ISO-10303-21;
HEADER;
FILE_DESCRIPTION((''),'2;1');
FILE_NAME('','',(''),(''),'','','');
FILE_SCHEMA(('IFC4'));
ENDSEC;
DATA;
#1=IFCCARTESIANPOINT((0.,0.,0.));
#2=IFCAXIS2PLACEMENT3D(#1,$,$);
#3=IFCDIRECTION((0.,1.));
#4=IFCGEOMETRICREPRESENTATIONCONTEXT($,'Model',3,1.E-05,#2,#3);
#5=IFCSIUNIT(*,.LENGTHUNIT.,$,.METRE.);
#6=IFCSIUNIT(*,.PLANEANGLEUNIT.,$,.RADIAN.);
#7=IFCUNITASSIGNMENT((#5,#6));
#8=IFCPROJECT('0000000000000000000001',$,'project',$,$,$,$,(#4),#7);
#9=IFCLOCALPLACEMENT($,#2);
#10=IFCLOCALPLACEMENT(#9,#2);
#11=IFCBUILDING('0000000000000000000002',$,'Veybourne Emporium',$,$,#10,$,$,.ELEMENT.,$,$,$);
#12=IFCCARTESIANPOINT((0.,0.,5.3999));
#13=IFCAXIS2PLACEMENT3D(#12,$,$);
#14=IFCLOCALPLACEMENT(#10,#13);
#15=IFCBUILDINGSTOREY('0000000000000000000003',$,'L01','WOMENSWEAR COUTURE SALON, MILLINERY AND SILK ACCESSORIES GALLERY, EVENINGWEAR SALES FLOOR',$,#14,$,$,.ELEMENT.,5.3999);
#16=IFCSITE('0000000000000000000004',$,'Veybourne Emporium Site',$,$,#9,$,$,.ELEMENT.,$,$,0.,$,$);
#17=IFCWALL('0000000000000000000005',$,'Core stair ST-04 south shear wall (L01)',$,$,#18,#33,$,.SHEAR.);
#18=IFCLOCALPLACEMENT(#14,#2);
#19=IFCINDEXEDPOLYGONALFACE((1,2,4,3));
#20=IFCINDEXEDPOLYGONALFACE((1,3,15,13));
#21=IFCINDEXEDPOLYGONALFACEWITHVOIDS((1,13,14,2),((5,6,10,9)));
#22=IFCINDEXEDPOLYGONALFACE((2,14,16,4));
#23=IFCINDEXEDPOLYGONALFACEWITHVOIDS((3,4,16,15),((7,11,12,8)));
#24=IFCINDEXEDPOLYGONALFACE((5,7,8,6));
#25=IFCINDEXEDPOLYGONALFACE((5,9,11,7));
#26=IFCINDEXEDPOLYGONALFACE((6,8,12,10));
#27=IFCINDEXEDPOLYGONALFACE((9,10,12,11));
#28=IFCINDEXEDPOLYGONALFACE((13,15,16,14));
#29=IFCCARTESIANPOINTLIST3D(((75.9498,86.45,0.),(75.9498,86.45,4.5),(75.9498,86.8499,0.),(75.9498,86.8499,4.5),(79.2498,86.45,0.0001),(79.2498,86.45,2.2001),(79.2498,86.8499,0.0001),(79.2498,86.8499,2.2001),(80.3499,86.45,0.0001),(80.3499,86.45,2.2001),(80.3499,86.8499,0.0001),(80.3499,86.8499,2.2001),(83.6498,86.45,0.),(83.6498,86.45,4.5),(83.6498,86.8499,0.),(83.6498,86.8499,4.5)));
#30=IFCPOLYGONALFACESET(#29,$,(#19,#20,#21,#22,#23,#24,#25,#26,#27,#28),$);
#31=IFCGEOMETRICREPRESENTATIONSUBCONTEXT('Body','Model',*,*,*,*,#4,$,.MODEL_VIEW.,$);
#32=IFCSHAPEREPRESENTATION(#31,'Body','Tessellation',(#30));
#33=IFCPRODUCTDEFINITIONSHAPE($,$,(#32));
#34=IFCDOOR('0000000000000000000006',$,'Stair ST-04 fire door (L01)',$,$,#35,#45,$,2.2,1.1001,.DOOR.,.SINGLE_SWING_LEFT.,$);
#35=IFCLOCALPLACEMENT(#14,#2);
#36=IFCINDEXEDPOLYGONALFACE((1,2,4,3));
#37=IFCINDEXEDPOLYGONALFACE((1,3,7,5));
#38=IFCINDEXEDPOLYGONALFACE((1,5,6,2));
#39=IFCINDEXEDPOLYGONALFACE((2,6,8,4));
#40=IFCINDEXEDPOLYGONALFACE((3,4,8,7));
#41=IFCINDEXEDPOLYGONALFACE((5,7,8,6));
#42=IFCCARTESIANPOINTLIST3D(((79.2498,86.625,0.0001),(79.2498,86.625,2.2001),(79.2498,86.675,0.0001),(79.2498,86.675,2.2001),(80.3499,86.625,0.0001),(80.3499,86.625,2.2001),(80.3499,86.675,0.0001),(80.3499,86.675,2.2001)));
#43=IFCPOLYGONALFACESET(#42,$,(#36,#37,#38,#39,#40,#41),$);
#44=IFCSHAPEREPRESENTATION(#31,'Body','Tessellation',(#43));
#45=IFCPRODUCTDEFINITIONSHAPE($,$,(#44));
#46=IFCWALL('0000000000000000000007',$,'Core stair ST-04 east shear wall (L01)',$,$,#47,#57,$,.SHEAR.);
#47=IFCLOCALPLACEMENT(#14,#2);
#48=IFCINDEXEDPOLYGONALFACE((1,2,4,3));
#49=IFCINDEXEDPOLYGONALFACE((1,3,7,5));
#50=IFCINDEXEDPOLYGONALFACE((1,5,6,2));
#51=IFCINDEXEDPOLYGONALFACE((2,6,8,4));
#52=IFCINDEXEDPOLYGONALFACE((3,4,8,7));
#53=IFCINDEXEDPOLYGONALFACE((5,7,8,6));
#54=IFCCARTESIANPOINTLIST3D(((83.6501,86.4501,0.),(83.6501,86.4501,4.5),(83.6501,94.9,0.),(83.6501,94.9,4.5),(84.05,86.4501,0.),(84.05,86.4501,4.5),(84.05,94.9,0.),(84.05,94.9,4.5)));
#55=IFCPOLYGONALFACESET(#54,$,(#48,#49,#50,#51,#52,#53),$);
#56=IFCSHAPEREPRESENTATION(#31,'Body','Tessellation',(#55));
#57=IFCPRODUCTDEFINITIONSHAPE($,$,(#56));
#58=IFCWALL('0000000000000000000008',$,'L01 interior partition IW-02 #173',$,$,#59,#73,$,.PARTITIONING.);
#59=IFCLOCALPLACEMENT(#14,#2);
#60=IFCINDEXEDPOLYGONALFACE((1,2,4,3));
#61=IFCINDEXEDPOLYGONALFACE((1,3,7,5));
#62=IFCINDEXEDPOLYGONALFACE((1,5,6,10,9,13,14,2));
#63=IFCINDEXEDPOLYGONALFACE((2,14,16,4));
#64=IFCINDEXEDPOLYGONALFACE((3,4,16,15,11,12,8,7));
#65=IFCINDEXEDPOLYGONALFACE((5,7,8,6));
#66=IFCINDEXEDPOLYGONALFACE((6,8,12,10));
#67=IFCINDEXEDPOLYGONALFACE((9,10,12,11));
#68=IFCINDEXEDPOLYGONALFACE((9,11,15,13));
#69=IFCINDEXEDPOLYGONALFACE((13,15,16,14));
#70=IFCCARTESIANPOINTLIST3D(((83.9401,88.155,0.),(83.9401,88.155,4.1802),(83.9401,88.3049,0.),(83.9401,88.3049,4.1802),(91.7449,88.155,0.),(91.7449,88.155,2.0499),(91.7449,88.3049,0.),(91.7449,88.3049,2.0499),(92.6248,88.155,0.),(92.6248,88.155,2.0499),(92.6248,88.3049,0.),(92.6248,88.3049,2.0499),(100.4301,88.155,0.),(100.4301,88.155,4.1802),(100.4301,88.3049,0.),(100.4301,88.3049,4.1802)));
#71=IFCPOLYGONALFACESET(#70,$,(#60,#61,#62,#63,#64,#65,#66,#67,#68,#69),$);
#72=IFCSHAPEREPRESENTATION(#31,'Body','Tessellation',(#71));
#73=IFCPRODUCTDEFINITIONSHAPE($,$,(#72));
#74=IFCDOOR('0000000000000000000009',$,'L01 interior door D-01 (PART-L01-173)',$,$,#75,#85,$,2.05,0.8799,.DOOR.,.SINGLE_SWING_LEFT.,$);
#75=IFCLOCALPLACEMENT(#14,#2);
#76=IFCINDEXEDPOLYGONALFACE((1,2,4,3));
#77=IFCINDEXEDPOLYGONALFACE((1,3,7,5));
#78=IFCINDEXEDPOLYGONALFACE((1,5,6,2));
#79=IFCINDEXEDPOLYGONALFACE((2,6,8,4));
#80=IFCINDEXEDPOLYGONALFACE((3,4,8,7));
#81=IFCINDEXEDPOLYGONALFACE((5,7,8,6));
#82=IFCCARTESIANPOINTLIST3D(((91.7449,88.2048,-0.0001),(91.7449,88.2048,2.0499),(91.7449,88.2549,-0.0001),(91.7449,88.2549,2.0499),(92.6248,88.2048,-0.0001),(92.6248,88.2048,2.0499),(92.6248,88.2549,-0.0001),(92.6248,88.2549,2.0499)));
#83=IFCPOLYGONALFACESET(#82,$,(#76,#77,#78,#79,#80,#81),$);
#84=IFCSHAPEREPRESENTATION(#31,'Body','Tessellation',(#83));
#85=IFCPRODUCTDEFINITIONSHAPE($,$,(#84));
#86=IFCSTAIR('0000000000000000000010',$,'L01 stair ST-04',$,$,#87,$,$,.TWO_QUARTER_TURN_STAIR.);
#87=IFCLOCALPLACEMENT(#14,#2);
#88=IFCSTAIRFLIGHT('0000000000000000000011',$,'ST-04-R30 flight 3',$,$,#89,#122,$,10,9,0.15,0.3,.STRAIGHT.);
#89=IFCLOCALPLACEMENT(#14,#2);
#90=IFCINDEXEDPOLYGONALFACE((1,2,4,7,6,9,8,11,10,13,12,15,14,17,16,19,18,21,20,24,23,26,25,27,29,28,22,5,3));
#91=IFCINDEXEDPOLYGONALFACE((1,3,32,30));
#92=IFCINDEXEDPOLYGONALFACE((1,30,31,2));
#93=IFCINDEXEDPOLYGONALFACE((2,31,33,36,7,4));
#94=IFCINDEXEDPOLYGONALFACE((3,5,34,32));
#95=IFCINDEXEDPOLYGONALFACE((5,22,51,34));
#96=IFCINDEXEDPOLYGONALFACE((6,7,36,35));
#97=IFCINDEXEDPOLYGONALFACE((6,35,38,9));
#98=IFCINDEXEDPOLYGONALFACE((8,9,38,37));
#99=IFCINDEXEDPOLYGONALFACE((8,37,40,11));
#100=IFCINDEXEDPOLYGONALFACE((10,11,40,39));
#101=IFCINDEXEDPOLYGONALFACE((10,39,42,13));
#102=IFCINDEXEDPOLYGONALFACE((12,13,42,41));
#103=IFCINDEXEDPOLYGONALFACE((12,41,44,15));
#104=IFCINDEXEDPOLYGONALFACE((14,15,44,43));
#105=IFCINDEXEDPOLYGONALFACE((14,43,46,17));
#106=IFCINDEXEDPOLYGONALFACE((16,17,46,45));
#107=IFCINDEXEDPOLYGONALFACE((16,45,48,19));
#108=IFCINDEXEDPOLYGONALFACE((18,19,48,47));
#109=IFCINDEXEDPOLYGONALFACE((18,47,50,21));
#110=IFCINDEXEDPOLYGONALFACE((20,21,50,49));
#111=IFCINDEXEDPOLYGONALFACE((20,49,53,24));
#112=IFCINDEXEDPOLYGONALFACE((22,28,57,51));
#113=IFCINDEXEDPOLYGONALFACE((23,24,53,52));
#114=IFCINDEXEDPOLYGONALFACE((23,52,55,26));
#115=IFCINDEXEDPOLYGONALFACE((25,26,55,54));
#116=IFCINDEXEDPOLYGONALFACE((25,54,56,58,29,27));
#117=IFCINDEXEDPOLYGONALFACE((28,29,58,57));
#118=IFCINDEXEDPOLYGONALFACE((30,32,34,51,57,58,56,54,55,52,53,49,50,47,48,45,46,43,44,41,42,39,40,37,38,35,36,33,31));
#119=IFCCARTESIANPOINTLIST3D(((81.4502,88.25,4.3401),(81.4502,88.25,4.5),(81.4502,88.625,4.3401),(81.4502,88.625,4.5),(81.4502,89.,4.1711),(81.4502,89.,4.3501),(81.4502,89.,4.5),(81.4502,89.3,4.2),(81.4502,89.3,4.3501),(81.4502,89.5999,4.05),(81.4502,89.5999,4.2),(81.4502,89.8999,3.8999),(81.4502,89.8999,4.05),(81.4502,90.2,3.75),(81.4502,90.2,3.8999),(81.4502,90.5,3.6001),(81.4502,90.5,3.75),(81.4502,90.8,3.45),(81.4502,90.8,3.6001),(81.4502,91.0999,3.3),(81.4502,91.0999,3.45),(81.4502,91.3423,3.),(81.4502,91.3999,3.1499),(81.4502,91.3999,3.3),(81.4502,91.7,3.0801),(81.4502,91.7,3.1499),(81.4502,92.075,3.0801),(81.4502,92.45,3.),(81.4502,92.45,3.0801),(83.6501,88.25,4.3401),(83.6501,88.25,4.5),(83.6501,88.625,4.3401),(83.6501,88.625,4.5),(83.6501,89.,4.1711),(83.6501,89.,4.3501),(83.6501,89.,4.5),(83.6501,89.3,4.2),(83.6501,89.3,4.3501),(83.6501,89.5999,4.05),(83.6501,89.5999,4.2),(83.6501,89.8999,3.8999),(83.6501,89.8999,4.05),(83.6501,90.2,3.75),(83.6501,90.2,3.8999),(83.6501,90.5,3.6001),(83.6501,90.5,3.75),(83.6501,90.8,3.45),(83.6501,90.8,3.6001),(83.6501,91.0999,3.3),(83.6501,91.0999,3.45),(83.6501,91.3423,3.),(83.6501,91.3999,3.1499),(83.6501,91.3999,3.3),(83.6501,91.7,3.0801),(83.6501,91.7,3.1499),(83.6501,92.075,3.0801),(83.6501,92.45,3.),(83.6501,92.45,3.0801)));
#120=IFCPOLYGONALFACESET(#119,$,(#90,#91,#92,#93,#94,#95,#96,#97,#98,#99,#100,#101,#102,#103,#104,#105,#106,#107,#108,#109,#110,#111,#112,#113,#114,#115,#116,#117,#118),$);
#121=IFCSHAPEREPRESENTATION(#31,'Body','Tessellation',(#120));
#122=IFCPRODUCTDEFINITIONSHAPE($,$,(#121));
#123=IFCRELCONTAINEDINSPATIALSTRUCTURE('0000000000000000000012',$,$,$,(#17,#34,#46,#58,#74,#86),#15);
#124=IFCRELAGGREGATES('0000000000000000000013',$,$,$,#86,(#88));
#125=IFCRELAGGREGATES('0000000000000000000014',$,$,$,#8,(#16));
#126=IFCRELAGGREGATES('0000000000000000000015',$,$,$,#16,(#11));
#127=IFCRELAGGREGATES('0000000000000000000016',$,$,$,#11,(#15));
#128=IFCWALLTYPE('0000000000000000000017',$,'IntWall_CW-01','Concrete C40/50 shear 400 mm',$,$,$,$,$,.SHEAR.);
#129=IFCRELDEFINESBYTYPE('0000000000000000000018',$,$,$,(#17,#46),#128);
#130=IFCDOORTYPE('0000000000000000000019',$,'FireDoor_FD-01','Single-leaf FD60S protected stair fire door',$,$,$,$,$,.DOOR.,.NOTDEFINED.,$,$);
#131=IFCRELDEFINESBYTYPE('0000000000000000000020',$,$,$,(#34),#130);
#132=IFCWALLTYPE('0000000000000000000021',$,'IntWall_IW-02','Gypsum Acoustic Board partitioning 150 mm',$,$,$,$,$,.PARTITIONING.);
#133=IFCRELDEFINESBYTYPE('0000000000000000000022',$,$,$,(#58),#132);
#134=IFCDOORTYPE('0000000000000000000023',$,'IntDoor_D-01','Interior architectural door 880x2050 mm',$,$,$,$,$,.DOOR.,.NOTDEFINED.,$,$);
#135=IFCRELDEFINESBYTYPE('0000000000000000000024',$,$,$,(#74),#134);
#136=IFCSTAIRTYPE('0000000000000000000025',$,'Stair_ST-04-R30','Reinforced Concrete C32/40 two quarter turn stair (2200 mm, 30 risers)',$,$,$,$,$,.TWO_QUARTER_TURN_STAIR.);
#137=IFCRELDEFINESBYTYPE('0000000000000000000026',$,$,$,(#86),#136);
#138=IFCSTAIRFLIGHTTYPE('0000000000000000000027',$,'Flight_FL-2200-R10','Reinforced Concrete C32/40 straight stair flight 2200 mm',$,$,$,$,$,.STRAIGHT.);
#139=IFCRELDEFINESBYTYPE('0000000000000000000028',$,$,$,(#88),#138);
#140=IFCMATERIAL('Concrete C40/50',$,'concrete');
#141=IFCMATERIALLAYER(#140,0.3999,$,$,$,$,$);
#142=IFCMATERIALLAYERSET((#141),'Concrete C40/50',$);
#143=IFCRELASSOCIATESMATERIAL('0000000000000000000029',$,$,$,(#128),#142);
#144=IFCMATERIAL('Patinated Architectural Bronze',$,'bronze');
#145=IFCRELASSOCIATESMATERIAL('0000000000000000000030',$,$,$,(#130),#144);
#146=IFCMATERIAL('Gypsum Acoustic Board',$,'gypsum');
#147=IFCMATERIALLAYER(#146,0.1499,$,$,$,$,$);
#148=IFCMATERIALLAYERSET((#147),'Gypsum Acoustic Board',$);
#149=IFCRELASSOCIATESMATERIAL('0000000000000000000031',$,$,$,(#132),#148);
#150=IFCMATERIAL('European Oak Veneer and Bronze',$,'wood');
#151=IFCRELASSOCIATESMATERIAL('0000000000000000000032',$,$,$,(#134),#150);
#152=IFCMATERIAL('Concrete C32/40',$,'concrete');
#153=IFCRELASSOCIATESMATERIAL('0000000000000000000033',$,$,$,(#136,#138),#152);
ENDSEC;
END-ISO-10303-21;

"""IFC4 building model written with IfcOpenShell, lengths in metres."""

from ifc_helpers import new_model, si_unit, direction, frame, frame_2d, origin, place, context, subcontext, project, spatial, polyline, rectangle, outline, extrude, material, layer, layer_set, type_object, element, fill, aggregate, save


model = new_model("IFC4")

# Units and contexts
model_context = context("Model", 3, precision=1e-05, world=origin(), true_north=direction((0.0, 1.0)))
body_context = subcontext(model_context, "Body", "Model", "MODEL_VIEW")
ifc_project = project(units=[si_unit("LENGTHUNIT", "METRE"), si_unit("PLANEANGLEUNIT", "RADIAN")], contexts=[model_context])

# Site, building, storey
site_placement = place(None, origin())
site = spatial("IfcSite", under=ifc_project, at=site_placement, Name="Veybourne Emporium Site", CompositionType="ELEMENT", RefElevation=0.0)
building_placement = place(site_placement, origin())
building = spatial("IfcBuilding", under=site, at=building_placement, Name="Veybourne Emporium", CompositionType="ELEMENT")
storey_placement = place(building_placement, frame((0.0, 0.0, 5.3999)))
storey = spatial("IfcBuildingStorey", under=building, at=storey_placement, Name="L01", Description="WOMENSWEAR COUTURE SALON, MILLINERY AND SILK ACCESSORIES GALLERY, EVENINGWEAR SALES FLOOR", CompositionType="ELEMENT", Elevation=5.3999)

# Shared definitions
ifc_material_1 = material(Name="Concrete C40/50", Category="concrete")

# Shared definitions
ifc_material_2 = material(Name="Concrete C32/40", Category="concrete")

# Wall, opening, door
ifc_layer_1 = layer(ifc_material_1, 0.3999)
ifc_layer_set_1 = layer_set([ifc_layer_1], Name="Concrete C40/50")
wall_type_1 = type_object("IfcWallType", Name="IntWall_CW-01", Description="Concrete C40/50 shear 400 mm", PredefinedType="SHEAR", material=ifc_layer_set_1)
wall_1_placement = place(storey_placement, frame((83.6499, 86.6499, 0.0), z_axis=(0.0, 0.0, 1.0), x_axis=(-1.0, 0.0, 0.0)))
wall_1 = element("IfcWall", 1, at=wall_1_placement, inside=storey, type_object=wall_type_1, Name="Core stair ST-04 south shear wall (L01)", PredefinedType="SHEAR", context=body_context, shape_type="SweptSolid", body=[
    extrude(rectangle(XDim=7.7, YDim=0.3999, at=frame_2d((3.8501, 0.0))), origin(), (0.0, 0.0, 1.0), 4.5),
])
opening_1_placement = place(wall_1_placement, frame((3.3, 0.0, 0.0)))
opening_1 = element("IfcOpeningElement", 2, at=opening_1_placement, cuts=wall_1, PredefinedType="OPENING", context=body_context, shape_type="SweptSolid", body=[
    extrude(rectangle(XDim=1.1001, YDim=2.2, at=frame_2d((0.55, 1.1001))), frame((0.0, 0.22, 0.0), z_axis=(0.0, -1.0, 0.0), x_axis=(1.0, 0.0, 0.0)), (0.0, 0.0, 1.0), 0.4399),
])
ifc_material_3 = material(Name="Patinated Architectural Bronze", Category="bronze")
door_type_1 = type_object("IfcDoorType", Name="FireDoor_FD-01", Description="Single-leaf FD60S protected stair fire door", OperationType="NOTDEFINED", PredefinedType="DOOR", material=ifc_material_3)
door_1_placement = place(opening_1_placement, origin())
door_1 = element("IfcDoor", 3, at=door_1_placement, inside=storey, type_object=door_type_1, Name="Stair ST-04 fire door (L01)", OperationType="SINGLE_SWING_LEFT", OverallHeight=2.2, OverallWidth=1.1001, PredefinedType="DOOR", context=body_context, shape_type="SweptSolid", body=[
    extrude(rectangle(XDim=1.1001, YDim=2.2, at=frame_2d((0.55, 1.1001))), frame((0.0, 0.0249, 0.0), z_axis=(0.0, -1.0, 0.0), x_axis=(1.0, 0.0, 0.0)), (0.0, 0.0, 1.0), 0.05),
])
fill(opening_1, door_1)

# Wall
wall_2_placement = place(storey_placement, frame((83.8501, 86.45, 0.0), z_axis=(0.0, 0.0, 1.0), x_axis=(0.0, 1.0, 0.0)))
element("IfcWall", 4, at=wall_2_placement, inside=storey, type_object=wall_type_1, Name="Core stair ST-04 east shear wall (L01)", PredefinedType="SHEAR", context=body_context, shape_type="SweptSolid", body=[
    extrude(rectangle(XDim=8.45, YDim=0.3999, at=frame_2d((4.2251, 0.0))), origin(), (0.0, 0.0, 1.0), 4.5),
])

# Wall, opening, door
ifc_material_4 = material(Name="Gypsum Acoustic Board", Category="gypsum")
ifc_layer_2 = layer(ifc_material_4, 0.1499)
ifc_layer_set_2 = layer_set([ifc_layer_2], Name="Gypsum Acoustic Board")
wall_type_2 = type_object("IfcWallType", Name="IntWall_IW-02", Description="Gypsum Acoustic Board partitioning 150 mm", PredefinedType="PARTITIONING", material=ifc_layer_set_2)
wall_3_placement = place(storey_placement, frame((83.9399, 88.23, 0.0), z_axis=(0.0, 0.0, 1.0), x_axis=(1.0, 0.0, 0.0)))
wall_3 = element("IfcWall", 5, at=wall_3_placement, inside=storey, type_object=wall_type_2, Name="L01 interior partition IW-02 #173", PredefinedType="PARTITIONING", context=body_context, shape_type="SweptSolid", body=[
    extrude(rectangle(XDim=16.49, YDim=0.1499, at=frame_2d((8.2451, 0.0))), origin(), (0.0, 0.0, 1.0), 4.1802),
])
opening_2_placement = place(wall_3_placement, frame((7.8049, 0.0, 0.0)))
opening_2 = element("IfcOpeningElement", 6, at=opening_2_placement, cuts=wall_3, PredefinedType="OPENING", context=body_context, shape_type="SweptSolid", body=[
    extrude(rectangle(XDim=0.8799, YDim=2.05, at=frame_2d((0.4399, 1.0249))), frame((0.0, 0.095, 0.0), z_axis=(0.0, -1.0, 0.0), x_axis=(1.0, 0.0, 0.0)), (0.0, 0.0, 1.0), 0.1899),
])
ifc_material_5 = material(Name="European Oak Veneer and Bronze", Category="wood")
door_type_2 = type_object("IfcDoorType", Name="IntDoor_D-01", Description="Interior architectural door 880x2050 mm", OperationType="NOTDEFINED", PredefinedType="DOOR", material=ifc_material_5)
door_2_placement = place(opening_2_placement, origin())
door_2 = element("IfcDoor", 7, at=door_2_placement, inside=storey, type_object=door_type_2, Name="L01 interior door D-01 (PART-L01-173)", OperationType="SINGLE_SWING_LEFT", OverallHeight=2.05, OverallWidth=0.8799, PredefinedType="DOOR", context=body_context, shape_type="SweptSolid", body=[
    extrude(rectangle(XDim=0.8799, YDim=2.05, at=frame_2d((0.4399, 1.0249))), frame((0.0, 0.0249, 0.0), z_axis=(0.0, -1.0, 0.0), x_axis=(1.0, 0.0, 0.0)), (0.0, 0.0, 1.0), 0.05),
])
fill(opening_2, door_2)

# Stair, stair flight
stair_type = type_object("IfcStairType", Name="Stair_ST-04-R30", Description="Reinforced Concrete C32/40 two quarter turn stair (2200 mm, 30 risers)", PredefinedType="TWO_QUARTER_TURN_STAIR", material=ifc_material_2)
stair_placement = place(storey_placement, origin())
stair = element("IfcStair", 8, at=stair_placement, inside=storey, type_object=stair_type, Name="L01 stair ST-04", PredefinedType="TWO_QUARTER_TURN_STAIR")
stair_flight_type = type_object("IfcStairFlightType", Name="Flight_FL-2200-R10", Description="Reinforced Concrete C32/40 straight stair flight 2200 mm", PredefinedType="STRAIGHT", material=ifc_material_2)
stair_flight_placement = place(storey_placement, frame((82.55, 91.7, 3.0), z_axis=(0.0, 0.0, 1.0), x_axis=(0.0, -1.0, 0.0)))
stair_flight = element("IfcStairFlight", 9, at=stair_flight_placement, type_object=stair_flight_type, Name="ST-04-R30 flight 3", NumberOfRisers=10, NumberOfTreads=9, PredefinedType="STRAIGHT", RiserHeight=0.15, TreadLength=0.3, context=body_context, shape_type="SweptSolid", body=[
    extrude(outline(polyline([(-0.75, 0.0), (-0.75, 0.0801), (-0.375, 0.0801), (0.0, 0.0801), (0.0, 0.1499), (0.3, 0.1499), (0.3, 0.3), (0.6001, 0.3), (0.6001, 0.45), (0.8999, 0.45), (0.8999, 0.6001), (1.2, 0.6001), (1.2, 0.75), (1.5, 0.75), (1.5, 0.8999), (1.8, 0.8999), (1.8, 1.05), (2.1001, 1.05), (2.1001, 1.2), (2.3999, 1.2), (2.3999, 1.3501), (2.7, 1.3501), (2.7, 1.5), (3.075, 1.5), (3.45, 1.5), (3.45, 1.3401), (3.075, 1.3401), (2.7, 1.1711), (0.3577, 0.0), (-0.75, 0.0)])), frame((0.0, 1.1001, 0.0), z_axis=(0.0, -1.0, 0.0), x_axis=(1.0, 0.0, 0.0)), (0.0, 0.0, 1.0), 2.2),
])
aggregate(stair, [stair_flight])

save(model, "model.ifc")
